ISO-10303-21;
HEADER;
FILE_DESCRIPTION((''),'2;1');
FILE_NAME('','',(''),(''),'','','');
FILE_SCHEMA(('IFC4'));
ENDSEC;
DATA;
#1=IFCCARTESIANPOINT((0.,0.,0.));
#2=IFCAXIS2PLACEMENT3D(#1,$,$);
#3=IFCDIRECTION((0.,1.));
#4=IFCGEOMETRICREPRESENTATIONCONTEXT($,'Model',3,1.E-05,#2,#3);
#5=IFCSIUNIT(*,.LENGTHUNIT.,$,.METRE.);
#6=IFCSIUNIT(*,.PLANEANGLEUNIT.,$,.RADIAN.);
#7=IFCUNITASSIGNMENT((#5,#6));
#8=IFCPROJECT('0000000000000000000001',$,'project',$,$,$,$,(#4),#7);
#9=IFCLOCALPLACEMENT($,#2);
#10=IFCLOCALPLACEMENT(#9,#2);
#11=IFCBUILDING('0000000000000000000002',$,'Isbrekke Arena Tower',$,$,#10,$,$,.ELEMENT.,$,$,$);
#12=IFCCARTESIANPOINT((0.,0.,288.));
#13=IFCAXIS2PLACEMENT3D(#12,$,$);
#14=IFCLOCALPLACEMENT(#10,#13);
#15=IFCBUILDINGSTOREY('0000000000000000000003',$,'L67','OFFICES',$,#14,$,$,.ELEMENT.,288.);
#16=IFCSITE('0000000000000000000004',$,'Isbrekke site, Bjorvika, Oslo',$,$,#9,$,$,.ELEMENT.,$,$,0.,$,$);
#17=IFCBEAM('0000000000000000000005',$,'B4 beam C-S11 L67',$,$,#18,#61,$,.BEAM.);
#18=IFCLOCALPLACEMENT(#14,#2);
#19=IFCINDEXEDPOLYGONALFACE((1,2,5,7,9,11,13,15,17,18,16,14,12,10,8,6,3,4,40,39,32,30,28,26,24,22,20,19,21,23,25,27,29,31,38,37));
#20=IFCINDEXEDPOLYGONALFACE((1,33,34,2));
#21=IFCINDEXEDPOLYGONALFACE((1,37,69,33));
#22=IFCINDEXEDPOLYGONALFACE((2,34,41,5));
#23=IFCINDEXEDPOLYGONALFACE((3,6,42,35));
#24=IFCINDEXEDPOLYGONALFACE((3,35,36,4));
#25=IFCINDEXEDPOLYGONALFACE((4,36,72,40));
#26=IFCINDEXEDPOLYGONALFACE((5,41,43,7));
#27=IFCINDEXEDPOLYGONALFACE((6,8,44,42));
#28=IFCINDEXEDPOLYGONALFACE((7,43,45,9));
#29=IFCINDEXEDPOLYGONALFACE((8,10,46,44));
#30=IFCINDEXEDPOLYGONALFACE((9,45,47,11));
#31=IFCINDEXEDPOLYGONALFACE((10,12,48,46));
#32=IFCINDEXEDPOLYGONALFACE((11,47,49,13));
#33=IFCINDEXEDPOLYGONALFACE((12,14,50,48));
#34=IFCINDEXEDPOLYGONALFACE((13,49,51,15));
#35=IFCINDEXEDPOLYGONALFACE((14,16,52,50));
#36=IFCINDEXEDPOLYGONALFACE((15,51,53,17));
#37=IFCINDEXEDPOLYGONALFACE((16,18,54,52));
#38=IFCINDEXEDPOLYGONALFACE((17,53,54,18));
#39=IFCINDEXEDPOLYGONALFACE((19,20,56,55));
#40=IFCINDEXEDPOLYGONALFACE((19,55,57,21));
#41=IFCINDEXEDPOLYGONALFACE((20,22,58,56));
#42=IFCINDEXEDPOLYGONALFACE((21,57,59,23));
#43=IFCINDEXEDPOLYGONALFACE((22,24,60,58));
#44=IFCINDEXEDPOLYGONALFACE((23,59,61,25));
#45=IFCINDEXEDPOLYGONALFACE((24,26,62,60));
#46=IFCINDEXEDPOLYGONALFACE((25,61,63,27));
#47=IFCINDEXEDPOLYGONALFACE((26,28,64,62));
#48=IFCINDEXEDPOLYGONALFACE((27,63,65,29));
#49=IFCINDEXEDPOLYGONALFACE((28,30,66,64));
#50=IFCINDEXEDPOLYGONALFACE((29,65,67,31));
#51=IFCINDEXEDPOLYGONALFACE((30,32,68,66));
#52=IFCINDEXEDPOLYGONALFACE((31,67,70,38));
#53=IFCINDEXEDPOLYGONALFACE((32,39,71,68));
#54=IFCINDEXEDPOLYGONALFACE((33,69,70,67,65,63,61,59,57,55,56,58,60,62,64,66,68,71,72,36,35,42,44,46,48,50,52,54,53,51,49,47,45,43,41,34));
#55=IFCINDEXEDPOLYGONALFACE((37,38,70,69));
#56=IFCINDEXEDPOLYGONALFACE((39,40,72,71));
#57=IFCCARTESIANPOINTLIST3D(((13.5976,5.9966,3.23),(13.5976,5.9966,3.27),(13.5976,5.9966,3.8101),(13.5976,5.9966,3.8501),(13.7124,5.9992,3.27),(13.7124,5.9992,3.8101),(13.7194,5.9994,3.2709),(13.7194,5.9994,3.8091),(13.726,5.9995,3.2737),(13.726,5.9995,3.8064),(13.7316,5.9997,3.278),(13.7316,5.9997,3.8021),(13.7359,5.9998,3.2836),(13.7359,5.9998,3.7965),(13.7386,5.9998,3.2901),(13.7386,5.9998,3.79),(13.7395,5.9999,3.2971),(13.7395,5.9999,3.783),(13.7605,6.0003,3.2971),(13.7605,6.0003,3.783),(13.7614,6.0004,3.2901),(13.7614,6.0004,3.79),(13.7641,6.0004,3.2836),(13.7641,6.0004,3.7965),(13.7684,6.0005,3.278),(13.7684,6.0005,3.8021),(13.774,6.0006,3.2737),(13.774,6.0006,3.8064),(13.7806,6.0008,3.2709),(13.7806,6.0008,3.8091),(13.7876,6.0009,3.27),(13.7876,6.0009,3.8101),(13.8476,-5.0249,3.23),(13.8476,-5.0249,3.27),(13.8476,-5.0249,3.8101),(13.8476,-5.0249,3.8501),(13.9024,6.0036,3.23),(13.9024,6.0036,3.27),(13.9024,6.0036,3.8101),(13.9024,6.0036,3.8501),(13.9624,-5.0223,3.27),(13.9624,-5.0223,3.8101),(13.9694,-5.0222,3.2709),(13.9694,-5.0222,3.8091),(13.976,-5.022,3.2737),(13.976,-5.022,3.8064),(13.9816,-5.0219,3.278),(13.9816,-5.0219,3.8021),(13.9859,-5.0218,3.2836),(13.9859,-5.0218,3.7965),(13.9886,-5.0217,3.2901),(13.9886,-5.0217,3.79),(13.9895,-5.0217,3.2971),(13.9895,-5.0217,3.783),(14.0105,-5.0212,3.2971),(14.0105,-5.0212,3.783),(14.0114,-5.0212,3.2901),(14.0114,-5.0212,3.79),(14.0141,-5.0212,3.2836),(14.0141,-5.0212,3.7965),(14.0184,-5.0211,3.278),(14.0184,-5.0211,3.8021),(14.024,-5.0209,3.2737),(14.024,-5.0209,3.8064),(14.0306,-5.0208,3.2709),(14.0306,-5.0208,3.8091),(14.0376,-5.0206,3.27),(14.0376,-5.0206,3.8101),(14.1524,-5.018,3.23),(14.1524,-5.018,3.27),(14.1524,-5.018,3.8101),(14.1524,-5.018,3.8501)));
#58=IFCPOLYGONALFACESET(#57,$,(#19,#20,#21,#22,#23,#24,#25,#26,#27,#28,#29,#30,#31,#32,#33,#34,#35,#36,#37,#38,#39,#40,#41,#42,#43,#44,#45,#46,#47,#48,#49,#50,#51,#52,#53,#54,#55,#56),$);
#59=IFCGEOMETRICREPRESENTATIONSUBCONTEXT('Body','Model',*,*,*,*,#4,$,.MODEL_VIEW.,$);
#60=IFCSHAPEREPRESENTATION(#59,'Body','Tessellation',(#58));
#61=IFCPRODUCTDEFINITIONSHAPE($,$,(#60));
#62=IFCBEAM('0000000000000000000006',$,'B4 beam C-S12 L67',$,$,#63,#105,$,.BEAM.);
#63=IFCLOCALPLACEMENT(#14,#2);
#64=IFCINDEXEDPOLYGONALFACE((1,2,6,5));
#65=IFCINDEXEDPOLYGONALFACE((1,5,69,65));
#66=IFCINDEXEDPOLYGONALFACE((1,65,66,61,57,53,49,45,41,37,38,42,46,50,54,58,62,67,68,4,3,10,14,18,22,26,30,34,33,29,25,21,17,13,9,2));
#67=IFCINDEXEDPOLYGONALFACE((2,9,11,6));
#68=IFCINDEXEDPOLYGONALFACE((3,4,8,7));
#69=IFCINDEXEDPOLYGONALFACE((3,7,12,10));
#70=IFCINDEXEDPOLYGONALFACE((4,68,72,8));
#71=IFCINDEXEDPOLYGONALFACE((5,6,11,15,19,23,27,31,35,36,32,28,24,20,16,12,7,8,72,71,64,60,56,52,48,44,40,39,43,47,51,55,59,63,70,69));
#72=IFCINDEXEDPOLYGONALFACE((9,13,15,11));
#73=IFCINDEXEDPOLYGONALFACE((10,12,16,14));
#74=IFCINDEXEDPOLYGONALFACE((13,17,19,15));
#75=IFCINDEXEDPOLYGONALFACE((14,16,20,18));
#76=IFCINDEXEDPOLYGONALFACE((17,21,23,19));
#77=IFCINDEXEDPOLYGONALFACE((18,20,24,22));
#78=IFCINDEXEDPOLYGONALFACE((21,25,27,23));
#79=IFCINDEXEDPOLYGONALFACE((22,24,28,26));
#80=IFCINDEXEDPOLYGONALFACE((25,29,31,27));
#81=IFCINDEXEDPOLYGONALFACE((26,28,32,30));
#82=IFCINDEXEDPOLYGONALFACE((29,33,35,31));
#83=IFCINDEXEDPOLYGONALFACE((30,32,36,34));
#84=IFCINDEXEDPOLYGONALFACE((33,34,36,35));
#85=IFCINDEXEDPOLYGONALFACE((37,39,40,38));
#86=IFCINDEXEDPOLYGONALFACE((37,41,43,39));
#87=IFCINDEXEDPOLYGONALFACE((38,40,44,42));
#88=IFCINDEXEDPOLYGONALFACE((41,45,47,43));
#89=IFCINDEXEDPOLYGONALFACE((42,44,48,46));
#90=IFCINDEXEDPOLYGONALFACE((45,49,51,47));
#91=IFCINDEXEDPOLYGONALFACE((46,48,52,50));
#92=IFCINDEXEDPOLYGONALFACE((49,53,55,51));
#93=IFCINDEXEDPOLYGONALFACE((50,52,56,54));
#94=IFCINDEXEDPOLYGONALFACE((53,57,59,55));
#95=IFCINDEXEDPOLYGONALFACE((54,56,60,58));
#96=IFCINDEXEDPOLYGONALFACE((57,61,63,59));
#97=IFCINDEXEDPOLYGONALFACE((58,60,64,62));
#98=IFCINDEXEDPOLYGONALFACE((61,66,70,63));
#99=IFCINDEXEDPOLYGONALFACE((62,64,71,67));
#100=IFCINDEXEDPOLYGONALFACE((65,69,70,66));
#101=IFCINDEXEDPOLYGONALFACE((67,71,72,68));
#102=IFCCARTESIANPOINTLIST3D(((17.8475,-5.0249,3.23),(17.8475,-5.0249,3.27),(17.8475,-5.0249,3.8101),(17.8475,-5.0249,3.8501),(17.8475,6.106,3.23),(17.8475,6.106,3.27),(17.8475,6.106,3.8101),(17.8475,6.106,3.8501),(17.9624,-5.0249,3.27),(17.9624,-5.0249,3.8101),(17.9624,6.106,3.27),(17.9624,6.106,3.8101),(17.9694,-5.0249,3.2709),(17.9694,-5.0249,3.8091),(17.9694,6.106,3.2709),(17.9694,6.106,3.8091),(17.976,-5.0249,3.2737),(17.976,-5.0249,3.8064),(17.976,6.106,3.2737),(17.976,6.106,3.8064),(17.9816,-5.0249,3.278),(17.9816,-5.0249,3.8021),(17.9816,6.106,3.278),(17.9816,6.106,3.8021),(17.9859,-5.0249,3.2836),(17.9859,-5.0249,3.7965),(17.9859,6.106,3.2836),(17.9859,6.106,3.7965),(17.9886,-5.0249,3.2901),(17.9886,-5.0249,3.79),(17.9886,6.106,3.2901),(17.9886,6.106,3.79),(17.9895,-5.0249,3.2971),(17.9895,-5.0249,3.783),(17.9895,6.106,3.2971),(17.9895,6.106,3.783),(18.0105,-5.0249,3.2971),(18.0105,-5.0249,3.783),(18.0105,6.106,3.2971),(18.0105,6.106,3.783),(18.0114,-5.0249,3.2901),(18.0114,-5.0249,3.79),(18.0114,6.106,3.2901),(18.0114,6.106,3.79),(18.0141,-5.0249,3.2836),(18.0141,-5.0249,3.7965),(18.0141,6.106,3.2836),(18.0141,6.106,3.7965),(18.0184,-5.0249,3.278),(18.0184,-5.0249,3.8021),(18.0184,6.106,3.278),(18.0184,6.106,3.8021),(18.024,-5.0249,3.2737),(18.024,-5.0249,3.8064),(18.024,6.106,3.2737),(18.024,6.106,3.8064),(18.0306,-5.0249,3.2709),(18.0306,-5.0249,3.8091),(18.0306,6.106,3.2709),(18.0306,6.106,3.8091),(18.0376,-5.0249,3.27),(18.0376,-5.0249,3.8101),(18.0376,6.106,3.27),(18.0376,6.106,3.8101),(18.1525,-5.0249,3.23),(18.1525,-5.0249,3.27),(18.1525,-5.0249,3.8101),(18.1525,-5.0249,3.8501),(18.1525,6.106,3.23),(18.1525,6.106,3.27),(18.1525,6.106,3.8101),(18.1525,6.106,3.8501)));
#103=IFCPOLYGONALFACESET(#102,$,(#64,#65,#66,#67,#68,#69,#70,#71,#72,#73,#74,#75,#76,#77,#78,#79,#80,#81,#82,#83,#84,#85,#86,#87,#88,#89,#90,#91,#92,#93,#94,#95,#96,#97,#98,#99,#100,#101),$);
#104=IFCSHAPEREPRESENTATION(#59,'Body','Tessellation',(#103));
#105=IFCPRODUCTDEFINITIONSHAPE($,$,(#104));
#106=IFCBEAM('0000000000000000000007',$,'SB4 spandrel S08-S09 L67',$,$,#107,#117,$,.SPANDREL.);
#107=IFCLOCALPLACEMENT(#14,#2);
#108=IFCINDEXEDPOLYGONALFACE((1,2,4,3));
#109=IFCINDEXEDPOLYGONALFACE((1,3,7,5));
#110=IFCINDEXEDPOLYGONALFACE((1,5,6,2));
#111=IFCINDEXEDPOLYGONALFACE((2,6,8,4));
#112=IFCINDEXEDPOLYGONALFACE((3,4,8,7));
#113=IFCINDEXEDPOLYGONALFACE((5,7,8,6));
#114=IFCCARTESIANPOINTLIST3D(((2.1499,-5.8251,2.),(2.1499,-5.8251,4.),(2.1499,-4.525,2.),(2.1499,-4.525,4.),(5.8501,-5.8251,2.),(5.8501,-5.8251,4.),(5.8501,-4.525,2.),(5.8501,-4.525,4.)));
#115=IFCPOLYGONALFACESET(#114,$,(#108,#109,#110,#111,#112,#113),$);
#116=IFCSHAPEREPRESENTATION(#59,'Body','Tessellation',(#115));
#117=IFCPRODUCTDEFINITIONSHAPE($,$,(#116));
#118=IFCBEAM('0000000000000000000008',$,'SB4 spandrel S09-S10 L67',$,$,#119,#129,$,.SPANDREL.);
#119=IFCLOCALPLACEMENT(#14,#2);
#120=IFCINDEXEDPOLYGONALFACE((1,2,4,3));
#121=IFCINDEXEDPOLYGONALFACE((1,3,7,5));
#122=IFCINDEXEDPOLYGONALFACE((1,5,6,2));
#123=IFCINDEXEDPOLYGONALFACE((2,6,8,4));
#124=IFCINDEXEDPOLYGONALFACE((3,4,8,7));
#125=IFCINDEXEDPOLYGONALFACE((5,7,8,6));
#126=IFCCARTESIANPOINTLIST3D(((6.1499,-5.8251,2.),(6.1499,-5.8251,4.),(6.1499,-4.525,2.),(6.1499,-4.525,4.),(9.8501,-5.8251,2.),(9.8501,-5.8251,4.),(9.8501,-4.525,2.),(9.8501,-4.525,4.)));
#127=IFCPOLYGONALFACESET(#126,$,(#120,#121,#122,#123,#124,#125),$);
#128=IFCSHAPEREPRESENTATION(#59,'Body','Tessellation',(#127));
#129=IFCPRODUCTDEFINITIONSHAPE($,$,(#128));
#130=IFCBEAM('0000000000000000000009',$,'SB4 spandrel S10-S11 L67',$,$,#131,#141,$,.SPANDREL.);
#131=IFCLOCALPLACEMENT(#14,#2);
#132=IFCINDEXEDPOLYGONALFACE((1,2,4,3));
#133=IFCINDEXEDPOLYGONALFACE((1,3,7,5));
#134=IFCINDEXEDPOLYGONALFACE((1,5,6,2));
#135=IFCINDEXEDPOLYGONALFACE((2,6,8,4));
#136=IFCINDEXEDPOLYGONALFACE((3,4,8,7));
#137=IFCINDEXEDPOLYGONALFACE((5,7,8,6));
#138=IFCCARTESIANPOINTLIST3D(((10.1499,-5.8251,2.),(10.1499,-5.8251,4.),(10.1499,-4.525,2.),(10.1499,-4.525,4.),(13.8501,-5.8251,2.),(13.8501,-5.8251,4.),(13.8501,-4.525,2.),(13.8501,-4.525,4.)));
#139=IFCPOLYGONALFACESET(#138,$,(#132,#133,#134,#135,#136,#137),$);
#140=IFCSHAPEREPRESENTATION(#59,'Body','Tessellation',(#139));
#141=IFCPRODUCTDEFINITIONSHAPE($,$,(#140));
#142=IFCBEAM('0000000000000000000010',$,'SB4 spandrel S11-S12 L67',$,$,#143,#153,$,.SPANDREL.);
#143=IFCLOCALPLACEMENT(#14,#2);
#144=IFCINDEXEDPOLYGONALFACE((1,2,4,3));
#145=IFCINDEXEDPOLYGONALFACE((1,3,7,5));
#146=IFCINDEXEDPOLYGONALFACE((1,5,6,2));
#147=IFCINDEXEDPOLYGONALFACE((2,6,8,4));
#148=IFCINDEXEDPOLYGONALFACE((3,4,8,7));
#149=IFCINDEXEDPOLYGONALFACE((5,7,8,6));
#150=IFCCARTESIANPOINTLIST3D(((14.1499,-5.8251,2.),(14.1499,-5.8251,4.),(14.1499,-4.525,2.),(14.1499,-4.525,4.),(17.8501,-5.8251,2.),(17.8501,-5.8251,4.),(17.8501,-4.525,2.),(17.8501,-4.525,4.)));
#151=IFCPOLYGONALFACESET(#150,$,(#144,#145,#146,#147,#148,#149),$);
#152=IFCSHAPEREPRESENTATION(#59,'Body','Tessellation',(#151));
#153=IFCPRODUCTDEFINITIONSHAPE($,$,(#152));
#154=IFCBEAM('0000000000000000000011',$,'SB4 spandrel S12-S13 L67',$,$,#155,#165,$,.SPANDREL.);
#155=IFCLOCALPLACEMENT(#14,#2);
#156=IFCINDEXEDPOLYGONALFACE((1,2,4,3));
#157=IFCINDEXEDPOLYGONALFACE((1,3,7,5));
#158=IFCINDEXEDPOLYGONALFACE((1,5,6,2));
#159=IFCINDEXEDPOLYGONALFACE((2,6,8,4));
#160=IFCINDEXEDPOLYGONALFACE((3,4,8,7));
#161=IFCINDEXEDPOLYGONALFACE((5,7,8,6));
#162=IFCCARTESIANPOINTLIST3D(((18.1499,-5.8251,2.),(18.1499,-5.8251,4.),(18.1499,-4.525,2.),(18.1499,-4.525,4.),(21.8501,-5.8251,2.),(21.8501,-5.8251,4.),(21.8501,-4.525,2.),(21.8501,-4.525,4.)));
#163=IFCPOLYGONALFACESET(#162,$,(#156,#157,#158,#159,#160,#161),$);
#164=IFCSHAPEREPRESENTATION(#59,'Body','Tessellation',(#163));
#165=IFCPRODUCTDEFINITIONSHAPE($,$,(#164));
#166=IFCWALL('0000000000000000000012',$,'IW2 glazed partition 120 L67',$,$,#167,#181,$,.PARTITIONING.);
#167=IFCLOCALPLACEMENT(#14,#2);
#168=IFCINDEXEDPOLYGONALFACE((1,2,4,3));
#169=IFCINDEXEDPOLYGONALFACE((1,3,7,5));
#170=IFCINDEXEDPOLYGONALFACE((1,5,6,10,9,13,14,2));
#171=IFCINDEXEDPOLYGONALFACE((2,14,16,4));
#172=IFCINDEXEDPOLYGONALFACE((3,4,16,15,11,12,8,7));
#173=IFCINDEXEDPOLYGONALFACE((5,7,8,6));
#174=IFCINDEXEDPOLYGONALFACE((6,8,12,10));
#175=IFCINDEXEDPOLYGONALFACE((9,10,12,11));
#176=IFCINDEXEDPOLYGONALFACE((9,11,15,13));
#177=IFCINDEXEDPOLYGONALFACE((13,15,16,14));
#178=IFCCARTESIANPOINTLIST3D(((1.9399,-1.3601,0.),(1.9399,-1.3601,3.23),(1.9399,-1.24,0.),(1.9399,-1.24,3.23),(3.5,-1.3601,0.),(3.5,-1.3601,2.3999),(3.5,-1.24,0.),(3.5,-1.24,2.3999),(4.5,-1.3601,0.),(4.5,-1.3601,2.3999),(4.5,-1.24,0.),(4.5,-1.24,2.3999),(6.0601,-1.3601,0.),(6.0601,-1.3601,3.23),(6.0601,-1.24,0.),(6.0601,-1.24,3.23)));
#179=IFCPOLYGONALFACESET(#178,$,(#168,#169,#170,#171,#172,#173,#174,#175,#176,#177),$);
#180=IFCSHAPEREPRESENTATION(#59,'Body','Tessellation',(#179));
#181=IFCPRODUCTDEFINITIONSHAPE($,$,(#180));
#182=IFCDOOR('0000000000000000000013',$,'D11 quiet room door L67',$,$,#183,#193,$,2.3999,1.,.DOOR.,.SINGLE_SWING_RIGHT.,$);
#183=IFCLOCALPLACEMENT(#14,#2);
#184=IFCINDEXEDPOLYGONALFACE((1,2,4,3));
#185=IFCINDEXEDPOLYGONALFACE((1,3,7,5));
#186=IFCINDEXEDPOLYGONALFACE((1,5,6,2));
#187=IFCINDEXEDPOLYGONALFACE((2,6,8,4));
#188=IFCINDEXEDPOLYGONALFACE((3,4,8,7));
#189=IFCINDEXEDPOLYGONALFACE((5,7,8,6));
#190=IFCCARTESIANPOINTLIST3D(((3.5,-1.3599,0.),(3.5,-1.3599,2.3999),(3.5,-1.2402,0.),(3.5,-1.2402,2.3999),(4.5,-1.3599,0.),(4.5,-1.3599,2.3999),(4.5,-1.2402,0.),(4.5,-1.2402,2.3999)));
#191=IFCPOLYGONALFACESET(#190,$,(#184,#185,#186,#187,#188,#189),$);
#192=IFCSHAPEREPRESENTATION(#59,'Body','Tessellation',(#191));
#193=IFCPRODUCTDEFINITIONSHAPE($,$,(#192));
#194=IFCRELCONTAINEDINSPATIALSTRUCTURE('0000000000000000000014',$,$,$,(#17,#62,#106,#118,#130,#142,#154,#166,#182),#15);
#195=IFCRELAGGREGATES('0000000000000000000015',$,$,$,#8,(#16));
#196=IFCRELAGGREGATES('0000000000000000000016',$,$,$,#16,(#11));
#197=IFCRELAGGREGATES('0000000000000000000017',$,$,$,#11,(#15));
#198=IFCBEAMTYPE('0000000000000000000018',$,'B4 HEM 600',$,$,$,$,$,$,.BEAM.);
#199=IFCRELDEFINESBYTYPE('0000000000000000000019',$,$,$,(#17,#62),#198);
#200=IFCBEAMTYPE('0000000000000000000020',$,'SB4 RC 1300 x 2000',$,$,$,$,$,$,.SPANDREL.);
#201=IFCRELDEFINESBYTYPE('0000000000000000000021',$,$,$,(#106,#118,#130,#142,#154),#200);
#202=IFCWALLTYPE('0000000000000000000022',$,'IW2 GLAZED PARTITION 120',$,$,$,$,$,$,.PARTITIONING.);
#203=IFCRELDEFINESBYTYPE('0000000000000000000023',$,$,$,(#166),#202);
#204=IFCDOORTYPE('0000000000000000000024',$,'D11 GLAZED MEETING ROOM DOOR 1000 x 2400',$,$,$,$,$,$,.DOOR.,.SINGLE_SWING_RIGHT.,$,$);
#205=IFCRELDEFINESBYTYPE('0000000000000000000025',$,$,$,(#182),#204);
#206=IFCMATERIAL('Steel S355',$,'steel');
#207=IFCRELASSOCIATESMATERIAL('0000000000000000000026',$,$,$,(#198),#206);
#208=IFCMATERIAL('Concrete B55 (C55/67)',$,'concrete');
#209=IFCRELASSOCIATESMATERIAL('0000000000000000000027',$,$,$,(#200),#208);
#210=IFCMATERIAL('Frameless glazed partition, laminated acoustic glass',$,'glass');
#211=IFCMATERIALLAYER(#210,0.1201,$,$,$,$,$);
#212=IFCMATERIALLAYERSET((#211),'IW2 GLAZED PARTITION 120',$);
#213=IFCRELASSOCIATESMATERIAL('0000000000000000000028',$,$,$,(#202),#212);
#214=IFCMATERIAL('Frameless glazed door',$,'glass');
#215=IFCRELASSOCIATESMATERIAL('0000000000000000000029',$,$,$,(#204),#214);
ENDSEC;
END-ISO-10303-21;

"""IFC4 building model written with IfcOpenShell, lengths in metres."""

from ifc_helpers import new_model, si_unit, direction, frame, frame_2d, origin, origin_2d, place, context, subcontext, project, spatial, rectangle, i_section, extrude, material, layer, layer_set, material_profile, profile_set, type_object, element, fill, save


model = new_model("IFC4")

# Units and contexts
model_context = context("Model", 3, precision=1e-05, world=origin(), true_north=direction((0.0, 1.0)))
body_context = subcontext(model_context, "Body", "Model", "MODEL_VIEW")
ifc_project = project(units=[si_unit("LENGTHUNIT", "METRE"), si_unit("PLANEANGLEUNIT", "RADIAN")], contexts=[model_context])

# Site, building, storey
site_placement = place(None, origin())
site = spatial("IfcSite", under=ifc_project, at=site_placement, Name="Isbrekke site, Bjorvika, Oslo", CompositionType="ELEMENT", RefElevation=0.0)
building_placement = place(site_placement, origin())
building = spatial("IfcBuilding", under=site, at=building_placement, Name="Isbrekke Arena Tower", CompositionType="ELEMENT")
storey_placement = place(building_placement, frame((0.0, 0.0, 288.0)))
storey = spatial("IfcBuildingStorey", under=building, at=storey_placement, Name="L67", Description="OFFICES", CompositionType="ELEMENT", Elevation=288.0)

# Beams
ifc_material_1 = material(Name="Steel S355", Category="steel")
ifc_material_profile_1 = material_profile(ifc_material_1, i_section(OverallWidth=0.3049, OverallDepth=0.6201, WebThickness=0.021, FlangeThickness=0.04, FilletRadius=0.0271, at=origin_2d()), Name="HEM 600")
ifc_profile_set_1 = profile_set([ifc_material_profile_1], Name="Steel S355")
beam_type_1 = type_object("IfcBeamType", Name="B4 HEM 600", PredefinedType="BEAM", material=ifc_profile_set_1)
beam_1_placement = place(storey_placement, frame((14.0, -5.0215, 3.54), z_axis=(-0.022677, 0.999743, 0.0), x_axis=(-0.999743, -0.022677, 0.0)))
element("IfcBeam", 1, at=beam_1_placement, inside=storey, type_object=beam_type_1, Name="B4 beam C-S11 L67", PredefinedType="BEAM", context=body_context, shape_type="SweptSolid", body=[
    extrude(i_section(OverallWidth=0.3049, OverallDepth=0.6201, WebThickness=0.021, FlangeThickness=0.04, FilletRadius=0.0271, at=origin_2d()), origin(), (0.0, 0.0, 1.0), 11.0244),
])
beam_2_placement = place(storey_placement, frame((18.0, -5.0249, 3.54), z_axis=(0.0, 1.0, 0.0), x_axis=(-1.0, 0.0, 0.0)))
element("IfcBeam", 2, at=beam_2_placement, inside=storey, type_object=beam_type_1, Name="B4 beam C-S12 L67", PredefinedType="BEAM", context=body_context, shape_type="SweptSolid", body=[
    extrude(i_section(OverallWidth=0.3049, OverallDepth=0.6201, WebThickness=0.021, FlangeThickness=0.04, FilletRadius=0.0271, at=origin_2d()), origin(), (0.0, 0.0, 1.0), 11.1309),
])
ifc_material_2 = material(Name="Concrete B55 (C55/67)", Category="concrete")
ifc_material_profile_2 = material_profile(ifc_material_2, rectangle(XDim=1.3, YDim=2.0, at=origin_2d()), Name="RC 1300x2000")
ifc_profile_set_2 = profile_set([ifc_material_profile_2], Name="Concrete B55 (C55/67)")
beam_type_2 = type_object("IfcBeamType", Name="SB4 RC 1300 x 2000", PredefinedType="SPANDREL", material=ifc_profile_set_2)
for number, where, z_axis, x_axis, name in (
    (3, (2.1499, -5.175, 3.0), (1.0, 0.0, 0.0), (0.0, 1.0, 0.0), "SB4 spandrel S08-S09 L67"),
    (4, (6.1499, -5.175, 3.0), (1.0, 0.0, 0.0), (0.0, 1.0, 0.0), "SB4 spandrel S09-S10 L67"),
    (5, (10.1499, -5.175, 3.0), (1.0, 0.0, 0.0), (0.0, 1.0, 0.0), "SB4 spandrel S10-S11 L67"),
    (6, (14.1499, -5.175, 3.0), (1.0, 0.0, 0.0), (0.0, 1.0, 0.0), "SB4 spandrel S11-S12 L67"),
    (7, (18.1499, -5.175, 3.0), (1.0, 0.0, 0.0), (0.0, 1.0, 0.0), "SB4 spandrel S12-S13 L67"),
):
    element("IfcBeam", number, at=place(storey_placement, frame(where, z_axis=z_axis, x_axis=x_axis)), inside=storey, type_object=beam_type_2, Name=name, PredefinedType="SPANDREL", context=body_context, shape_type="SweptSolid", body=[
        extrude(rectangle(XDim=1.3, YDim=2.0, at=origin_2d()), origin(), (0.0, 0.0, 1.0), 3.7002),
    ])

# Wall, opening, door
ifc_material_3 = material(Name="Frameless glazed partition, laminated acoustic glass", Category="glass")
ifc_layer_1 = layer(ifc_material_3, 0.1201)
ifc_layer_set_1 = layer_set([ifc_layer_1], Name="IW2 GLAZED PARTITION 120")
wall_type_1 = type_object("IfcWallType", Name="IW2 GLAZED PARTITION 120", PredefinedType="PARTITIONING", material=ifc_layer_set_1)
wall_1_placement = place(storey_placement, frame((1.9399, -1.3, 0.0), z_axis=(0.0, 0.0, 1.0), x_axis=(1.0, 0.0, 0.0)))
wall_1 = element("IfcWall", 8, at=wall_1_placement, inside=storey, type_object=wall_type_1, Name="IW2 glazed partition 120 L67", PredefinedType="PARTITIONING", context=body_context, shape_type="SweptSolid", body=[
    extrude(rectangle(XDim=4.1201, YDim=0.1201, at=frame_2d((2.0601, 0.0))), origin(), (0.0, 0.0, 1.0), 3.23),
])
opening_placement = place(wall_1_placement, frame((1.5601, 0.0, 0.0)))
opening = element("IfcOpeningElement", 9, at=opening_placement, cuts=wall_1, PredefinedType="OPENING", context=body_context, shape_type="SweptSolid", body=[
    extrude(rectangle(XDim=1.0, YDim=2.3999, at=frame_2d((0.5, 1.2))), frame((0.0, 0.075, 0.0), z_axis=(0.0, -1.0, 0.0), x_axis=(1.0, 0.0, 0.0)), (0.0, 0.0, 1.0), 0.1499),
])
ifc_material_4 = material(Name="Frameless glazed door", Category="glass")
door_type = type_object("IfcDoorType", Name="D11 GLAZED MEETING ROOM DOOR 1000 x 2400", OperationType="SINGLE_SWING_RIGHT", PredefinedType="DOOR", material=ifc_material_4)
door_placement = place(opening_placement, origin())
door = element("IfcDoor", 10, at=door_placement, inside=storey, type_object=door_type, Name="D11 quiet room door L67", OperationType="SINGLE_SWING_RIGHT", OverallHeight=2.3999, OverallWidth=1.0, PredefinedType="DOOR", context=body_context, shape_type="SweptSolid", body=[
    extrude(rectangle(XDim=1.0, YDim=2.3999, at=frame_2d((0.5, 1.2))), frame((0.0, 0.0598, 0.0), z_axis=(0.0, -1.0, 0.0), x_axis=(1.0, 0.0, 0.0)), (0.0, 0.0, 1.0), 0.1196),
])
fill(opening, door)

save(model, "model.ifc")
